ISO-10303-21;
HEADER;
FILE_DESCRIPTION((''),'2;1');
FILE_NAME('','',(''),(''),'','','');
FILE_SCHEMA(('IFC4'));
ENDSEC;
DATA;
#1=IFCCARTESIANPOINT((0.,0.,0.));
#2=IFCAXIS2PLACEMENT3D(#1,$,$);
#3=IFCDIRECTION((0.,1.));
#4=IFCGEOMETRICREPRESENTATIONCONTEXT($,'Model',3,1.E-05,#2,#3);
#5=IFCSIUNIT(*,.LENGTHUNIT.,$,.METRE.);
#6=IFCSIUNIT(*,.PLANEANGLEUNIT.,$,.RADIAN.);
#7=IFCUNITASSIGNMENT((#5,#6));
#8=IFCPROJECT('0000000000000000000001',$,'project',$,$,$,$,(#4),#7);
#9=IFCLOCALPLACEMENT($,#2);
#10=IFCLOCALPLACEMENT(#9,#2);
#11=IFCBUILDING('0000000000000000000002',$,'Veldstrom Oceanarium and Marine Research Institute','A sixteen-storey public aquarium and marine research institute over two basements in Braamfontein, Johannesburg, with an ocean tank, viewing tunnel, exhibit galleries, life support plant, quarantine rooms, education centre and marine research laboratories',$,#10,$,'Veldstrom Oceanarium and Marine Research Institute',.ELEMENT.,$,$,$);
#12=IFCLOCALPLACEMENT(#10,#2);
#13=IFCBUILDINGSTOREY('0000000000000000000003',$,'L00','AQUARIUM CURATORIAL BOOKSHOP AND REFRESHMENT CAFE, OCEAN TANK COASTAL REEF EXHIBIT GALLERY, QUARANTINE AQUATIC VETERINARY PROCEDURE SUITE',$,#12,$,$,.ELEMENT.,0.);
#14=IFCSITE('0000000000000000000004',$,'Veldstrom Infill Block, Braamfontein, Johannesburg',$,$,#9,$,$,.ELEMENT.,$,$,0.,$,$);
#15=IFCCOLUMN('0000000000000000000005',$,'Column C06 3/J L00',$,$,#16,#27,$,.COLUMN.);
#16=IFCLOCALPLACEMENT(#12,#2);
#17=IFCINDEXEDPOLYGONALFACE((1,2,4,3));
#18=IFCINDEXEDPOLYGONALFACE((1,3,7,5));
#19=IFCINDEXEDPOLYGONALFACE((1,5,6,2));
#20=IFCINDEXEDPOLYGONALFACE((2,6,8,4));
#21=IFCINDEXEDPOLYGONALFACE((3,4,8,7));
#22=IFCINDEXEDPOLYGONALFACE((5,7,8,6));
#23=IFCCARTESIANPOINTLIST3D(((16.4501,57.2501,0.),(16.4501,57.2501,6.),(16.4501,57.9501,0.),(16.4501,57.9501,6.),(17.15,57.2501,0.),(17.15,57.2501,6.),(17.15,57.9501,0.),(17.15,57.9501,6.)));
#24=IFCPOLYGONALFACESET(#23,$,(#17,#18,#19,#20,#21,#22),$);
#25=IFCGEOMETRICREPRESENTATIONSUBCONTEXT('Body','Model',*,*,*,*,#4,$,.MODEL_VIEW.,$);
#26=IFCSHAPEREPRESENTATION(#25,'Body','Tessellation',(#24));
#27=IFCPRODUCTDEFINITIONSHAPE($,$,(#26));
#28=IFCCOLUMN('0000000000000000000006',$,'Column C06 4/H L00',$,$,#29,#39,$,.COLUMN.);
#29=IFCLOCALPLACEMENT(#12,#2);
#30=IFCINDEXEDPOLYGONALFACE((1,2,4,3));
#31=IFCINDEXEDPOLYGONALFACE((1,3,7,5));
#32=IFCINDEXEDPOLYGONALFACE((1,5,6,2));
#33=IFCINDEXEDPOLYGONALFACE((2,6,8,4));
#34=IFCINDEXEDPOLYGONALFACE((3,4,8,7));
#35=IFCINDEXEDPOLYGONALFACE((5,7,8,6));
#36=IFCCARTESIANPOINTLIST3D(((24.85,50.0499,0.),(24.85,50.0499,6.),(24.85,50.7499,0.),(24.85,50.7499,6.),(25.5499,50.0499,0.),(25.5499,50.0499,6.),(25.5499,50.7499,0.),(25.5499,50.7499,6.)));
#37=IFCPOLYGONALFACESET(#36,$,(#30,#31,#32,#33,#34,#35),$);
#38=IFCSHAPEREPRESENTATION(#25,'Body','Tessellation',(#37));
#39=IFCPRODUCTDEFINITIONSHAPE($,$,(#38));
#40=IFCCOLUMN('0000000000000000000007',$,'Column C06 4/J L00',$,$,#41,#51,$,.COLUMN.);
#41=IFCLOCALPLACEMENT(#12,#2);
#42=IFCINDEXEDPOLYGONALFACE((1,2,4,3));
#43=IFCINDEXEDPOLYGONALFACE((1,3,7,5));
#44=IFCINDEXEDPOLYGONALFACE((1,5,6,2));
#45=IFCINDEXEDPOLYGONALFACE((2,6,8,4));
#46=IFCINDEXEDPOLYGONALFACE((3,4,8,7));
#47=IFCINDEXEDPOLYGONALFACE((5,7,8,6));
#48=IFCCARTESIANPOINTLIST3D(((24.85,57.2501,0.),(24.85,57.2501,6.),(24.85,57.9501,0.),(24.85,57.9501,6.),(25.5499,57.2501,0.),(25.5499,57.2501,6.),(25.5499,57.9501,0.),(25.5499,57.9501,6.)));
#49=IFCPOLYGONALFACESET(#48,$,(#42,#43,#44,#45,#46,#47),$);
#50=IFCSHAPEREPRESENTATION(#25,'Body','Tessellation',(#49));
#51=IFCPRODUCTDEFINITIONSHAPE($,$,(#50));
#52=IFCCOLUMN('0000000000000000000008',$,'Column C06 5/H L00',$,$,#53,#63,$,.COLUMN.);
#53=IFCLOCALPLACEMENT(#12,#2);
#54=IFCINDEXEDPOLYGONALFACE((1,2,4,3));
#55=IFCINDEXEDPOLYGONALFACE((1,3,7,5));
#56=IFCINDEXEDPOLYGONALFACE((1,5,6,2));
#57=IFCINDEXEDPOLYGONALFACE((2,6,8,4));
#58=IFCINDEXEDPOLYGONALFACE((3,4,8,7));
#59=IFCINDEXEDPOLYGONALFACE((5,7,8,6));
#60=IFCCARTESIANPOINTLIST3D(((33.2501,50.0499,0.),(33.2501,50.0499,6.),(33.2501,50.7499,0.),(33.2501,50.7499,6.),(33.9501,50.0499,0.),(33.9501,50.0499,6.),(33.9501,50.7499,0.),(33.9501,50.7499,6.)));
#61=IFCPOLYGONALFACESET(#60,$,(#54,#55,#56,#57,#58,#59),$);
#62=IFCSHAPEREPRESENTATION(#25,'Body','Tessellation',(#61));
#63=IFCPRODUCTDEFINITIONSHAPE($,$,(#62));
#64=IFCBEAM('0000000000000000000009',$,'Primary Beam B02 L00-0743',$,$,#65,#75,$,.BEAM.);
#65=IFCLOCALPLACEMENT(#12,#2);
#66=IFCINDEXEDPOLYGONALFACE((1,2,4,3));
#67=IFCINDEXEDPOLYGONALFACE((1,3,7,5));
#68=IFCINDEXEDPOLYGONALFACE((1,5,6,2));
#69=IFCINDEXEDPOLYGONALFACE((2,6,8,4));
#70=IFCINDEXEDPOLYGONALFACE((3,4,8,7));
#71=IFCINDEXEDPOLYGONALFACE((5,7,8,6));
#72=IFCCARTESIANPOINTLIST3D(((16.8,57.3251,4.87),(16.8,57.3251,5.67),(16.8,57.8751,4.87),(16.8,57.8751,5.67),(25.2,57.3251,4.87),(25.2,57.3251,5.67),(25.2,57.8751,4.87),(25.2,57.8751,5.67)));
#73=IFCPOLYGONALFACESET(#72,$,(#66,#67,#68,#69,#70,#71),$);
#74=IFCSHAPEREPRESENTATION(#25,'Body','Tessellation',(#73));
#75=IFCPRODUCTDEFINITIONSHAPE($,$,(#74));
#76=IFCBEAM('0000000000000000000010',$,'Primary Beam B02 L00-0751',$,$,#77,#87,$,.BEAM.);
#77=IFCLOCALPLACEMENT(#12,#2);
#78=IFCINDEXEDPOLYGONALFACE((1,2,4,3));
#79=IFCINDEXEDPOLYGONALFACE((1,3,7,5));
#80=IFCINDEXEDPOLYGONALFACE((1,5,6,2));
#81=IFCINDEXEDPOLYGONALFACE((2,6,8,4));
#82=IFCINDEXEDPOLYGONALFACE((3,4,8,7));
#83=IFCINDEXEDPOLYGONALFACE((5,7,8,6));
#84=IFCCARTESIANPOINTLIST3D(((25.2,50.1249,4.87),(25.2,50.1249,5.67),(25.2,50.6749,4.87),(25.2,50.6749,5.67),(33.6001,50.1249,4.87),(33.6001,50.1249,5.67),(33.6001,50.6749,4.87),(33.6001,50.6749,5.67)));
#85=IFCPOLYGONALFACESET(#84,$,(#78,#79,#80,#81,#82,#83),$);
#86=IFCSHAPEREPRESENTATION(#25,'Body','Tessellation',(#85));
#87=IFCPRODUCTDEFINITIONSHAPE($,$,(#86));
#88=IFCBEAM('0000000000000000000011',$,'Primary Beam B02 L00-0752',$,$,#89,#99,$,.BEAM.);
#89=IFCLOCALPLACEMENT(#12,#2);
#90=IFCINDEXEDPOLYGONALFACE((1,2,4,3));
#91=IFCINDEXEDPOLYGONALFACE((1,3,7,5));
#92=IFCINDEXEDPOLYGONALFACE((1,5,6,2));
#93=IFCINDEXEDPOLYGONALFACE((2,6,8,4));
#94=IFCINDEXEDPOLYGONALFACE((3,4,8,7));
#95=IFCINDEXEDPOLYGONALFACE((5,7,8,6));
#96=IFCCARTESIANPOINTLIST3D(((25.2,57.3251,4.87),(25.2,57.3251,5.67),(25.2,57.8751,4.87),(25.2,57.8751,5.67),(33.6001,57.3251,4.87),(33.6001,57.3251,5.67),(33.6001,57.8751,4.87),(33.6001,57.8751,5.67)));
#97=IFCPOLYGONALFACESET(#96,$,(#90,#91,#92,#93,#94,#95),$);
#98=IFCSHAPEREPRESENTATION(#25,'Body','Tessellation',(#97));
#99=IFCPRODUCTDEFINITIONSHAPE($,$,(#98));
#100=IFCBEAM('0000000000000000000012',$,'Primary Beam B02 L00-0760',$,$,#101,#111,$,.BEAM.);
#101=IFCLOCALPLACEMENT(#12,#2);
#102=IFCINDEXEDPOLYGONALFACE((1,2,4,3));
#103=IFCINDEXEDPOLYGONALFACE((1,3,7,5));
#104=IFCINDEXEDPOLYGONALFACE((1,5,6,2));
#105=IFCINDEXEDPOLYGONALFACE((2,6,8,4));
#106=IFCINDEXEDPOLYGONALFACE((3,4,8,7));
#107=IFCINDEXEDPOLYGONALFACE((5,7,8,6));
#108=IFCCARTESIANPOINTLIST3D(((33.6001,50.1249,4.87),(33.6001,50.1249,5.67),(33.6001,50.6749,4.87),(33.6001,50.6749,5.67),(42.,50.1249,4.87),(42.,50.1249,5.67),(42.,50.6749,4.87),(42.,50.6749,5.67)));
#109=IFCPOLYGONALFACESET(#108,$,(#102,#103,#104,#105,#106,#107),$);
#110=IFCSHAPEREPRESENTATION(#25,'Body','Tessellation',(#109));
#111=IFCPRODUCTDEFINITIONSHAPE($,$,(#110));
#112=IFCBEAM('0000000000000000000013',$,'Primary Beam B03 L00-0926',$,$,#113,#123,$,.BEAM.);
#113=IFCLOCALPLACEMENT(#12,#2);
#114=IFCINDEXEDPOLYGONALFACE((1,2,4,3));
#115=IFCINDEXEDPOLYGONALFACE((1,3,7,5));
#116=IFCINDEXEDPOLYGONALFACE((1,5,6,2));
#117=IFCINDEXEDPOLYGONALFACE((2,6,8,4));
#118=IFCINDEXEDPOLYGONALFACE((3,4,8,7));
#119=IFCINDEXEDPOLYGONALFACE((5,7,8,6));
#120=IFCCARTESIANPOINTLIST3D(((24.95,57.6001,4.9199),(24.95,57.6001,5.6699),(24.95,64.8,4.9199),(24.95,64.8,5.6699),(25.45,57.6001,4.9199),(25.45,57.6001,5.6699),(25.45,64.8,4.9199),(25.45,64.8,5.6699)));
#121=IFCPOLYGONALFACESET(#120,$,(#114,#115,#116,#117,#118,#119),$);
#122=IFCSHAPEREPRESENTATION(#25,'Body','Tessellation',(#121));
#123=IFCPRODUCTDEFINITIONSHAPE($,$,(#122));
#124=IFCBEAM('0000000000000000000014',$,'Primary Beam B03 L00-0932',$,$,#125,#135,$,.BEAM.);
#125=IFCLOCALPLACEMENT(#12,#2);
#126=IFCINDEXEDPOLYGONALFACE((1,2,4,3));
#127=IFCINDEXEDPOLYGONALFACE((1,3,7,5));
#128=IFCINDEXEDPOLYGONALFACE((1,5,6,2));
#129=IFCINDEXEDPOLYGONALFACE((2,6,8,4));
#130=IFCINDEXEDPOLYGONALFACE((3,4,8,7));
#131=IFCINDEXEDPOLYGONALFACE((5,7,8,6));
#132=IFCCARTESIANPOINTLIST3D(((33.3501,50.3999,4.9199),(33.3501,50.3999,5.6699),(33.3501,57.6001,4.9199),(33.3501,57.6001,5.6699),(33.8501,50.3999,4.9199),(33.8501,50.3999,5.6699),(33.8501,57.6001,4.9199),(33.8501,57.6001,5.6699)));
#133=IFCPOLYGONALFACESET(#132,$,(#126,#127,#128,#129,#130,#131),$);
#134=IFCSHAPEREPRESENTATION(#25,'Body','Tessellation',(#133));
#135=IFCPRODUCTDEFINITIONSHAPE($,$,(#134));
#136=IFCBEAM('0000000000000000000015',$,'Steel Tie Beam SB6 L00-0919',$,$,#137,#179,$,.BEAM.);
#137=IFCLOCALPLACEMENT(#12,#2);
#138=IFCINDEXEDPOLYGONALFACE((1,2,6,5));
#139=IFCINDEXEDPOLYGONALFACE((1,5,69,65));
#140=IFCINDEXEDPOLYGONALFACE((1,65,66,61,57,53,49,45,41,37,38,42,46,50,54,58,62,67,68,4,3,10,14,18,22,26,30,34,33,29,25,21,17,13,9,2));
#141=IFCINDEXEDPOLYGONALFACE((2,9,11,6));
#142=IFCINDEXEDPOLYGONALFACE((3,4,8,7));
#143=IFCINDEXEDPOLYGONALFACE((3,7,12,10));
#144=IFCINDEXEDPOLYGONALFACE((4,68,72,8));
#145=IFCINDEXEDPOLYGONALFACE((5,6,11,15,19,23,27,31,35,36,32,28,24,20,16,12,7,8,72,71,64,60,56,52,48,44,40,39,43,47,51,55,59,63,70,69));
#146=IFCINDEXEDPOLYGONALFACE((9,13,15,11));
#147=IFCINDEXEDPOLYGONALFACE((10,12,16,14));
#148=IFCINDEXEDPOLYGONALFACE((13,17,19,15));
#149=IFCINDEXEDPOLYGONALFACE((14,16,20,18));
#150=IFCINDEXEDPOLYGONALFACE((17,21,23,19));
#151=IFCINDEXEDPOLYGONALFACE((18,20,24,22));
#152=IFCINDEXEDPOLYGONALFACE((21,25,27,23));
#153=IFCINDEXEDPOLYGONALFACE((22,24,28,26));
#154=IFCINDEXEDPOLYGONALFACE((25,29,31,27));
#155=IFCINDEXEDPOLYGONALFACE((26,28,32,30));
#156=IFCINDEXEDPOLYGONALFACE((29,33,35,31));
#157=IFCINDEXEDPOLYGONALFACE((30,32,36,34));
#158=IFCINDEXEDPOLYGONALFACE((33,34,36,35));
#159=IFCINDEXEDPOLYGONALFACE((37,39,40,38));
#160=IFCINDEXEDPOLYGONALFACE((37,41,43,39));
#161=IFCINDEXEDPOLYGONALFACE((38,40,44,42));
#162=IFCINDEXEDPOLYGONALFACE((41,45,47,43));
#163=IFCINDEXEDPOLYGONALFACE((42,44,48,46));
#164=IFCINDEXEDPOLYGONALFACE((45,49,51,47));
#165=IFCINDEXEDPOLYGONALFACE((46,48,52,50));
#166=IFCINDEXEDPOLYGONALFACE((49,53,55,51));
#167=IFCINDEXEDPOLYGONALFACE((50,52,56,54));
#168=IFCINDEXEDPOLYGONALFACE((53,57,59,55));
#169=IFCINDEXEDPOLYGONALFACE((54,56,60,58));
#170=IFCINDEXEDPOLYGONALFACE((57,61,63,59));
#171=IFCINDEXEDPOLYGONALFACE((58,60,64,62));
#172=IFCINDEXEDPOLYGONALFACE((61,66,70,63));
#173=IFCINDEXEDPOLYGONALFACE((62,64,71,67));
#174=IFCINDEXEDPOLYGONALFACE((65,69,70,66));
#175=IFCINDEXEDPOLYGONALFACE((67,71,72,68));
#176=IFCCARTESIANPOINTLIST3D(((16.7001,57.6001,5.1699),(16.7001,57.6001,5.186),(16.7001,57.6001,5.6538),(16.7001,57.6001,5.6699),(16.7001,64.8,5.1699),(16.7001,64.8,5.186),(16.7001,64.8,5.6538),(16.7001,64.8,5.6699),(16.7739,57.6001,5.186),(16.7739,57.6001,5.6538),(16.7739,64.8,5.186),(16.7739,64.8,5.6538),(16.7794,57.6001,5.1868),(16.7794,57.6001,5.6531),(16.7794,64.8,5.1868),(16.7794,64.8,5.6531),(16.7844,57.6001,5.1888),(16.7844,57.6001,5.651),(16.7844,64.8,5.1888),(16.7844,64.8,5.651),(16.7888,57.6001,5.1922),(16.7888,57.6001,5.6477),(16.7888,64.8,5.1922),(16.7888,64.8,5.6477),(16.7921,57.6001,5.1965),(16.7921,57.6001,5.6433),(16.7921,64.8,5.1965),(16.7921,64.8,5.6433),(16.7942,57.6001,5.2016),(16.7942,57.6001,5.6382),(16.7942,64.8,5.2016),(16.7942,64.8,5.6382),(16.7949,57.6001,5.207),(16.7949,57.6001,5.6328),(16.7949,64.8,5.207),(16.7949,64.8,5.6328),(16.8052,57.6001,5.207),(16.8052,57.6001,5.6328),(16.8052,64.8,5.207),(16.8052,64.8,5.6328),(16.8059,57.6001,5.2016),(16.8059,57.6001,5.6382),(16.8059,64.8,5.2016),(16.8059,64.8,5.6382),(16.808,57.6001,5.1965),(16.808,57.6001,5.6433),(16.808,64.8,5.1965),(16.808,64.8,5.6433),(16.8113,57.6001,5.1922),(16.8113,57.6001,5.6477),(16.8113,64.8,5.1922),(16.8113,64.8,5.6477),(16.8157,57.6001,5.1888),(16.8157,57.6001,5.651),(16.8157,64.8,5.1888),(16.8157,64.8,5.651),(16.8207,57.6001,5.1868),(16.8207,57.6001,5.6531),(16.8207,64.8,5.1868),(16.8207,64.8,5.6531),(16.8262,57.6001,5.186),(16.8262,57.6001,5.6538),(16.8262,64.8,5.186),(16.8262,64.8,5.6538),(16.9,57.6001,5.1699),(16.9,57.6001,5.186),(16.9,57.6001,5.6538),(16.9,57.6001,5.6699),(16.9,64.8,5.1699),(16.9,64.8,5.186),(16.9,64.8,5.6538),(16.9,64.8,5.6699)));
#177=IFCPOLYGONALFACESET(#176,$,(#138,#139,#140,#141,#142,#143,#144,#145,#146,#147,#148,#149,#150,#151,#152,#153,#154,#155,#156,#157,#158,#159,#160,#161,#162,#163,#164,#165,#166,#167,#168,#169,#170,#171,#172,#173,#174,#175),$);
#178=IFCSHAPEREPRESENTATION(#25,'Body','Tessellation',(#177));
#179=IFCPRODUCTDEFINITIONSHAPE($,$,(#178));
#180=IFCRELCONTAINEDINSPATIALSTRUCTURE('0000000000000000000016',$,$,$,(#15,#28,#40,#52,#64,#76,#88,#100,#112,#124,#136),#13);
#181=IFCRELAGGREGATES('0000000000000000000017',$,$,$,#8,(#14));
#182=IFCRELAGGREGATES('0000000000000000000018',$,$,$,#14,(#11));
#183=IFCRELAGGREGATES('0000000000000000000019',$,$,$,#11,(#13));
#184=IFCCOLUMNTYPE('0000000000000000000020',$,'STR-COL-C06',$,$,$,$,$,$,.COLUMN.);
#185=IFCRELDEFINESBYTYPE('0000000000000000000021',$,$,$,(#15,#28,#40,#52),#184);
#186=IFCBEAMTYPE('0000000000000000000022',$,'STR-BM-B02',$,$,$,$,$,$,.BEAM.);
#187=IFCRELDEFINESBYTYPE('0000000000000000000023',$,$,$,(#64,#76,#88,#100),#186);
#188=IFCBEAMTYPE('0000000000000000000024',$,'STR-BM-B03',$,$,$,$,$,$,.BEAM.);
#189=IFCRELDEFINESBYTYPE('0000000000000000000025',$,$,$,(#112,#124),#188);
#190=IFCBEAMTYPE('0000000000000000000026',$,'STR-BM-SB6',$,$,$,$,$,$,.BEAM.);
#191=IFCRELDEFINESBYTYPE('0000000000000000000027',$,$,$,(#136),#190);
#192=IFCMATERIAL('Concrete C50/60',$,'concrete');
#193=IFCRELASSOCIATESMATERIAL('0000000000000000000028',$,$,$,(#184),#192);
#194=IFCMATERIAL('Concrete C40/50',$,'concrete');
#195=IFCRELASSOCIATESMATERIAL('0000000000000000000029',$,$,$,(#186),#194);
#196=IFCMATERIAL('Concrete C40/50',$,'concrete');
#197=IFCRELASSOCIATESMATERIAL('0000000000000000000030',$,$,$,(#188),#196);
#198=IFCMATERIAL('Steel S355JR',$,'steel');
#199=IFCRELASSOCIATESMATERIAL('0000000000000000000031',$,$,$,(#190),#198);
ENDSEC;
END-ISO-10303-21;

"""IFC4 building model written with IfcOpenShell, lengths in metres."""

from ifc_helpers import new_model, si_unit, direction, frame, origin, origin_2d, place, context, subcontext, project, spatial, rectangle, i_section, extrude, material, material_profile, profile_set, type_object, element, save


model = new_model("IFC4")

# Units and contexts
model_context = context("Model", 3, precision=1e-05, world=origin(), true_north=direction((0.0, 1.0)))
body_context = subcontext(model_context, "Body", "Model", "MODEL_VIEW")
ifc_project = project(units=[si_unit("LENGTHUNIT", "METRE"), si_unit("PLANEANGLEUNIT", "RADIAN")], contexts=[model_context])

# Site, building, storey
site_placement = place(None, origin())
site = spatial("IfcSite", under=ifc_project, at=site_placement, Name="Veldstrom Infill Block, Braamfontein, Johannesburg", CompositionType="ELEMENT", RefElevation=0.0)
building_placement = place(site_placement, origin())
building = spatial("IfcBuilding", under=site, at=building_placement, Name="Veldstrom Oceanarium and Marine Research Institute", Description="A sixteen-storey public aquarium and marine research institute over two basements in Braamfontein, Johannesburg, with an ocean tank, viewing tunnel, exhibit galleries, life support plant, quarantine rooms, education centre and marine research laboratories", LongName="Veldstrom Oceanarium and Marine Research Institute", CompositionType="ELEMENT")
storey_placement = place(building_placement, origin())
storey = spatial("IfcBuildingStorey", under=building, at=storey_placement, Name="L00", Description="AQUARIUM CURATORIAL BOOKSHOP AND REFRESHMENT CAFE, OCEAN TANK COASTAL REEF EXHIBIT GALLERY, QUARANTINE AQUATIC VETERINARY PROCEDURE SUITE", CompositionType="ELEMENT", Elevation=0.0)

# Columns
ifc_material_1 = material(Name="Concrete C50/60", Category="concrete")
ifc_material_profile_1 = material_profile(ifc_material_1, rectangle(XDim=0.7, YDim=0.7, at=origin_2d()), Name="RC-COL-700x700")
ifc_profile_set_1 = profile_set([ifc_material_profile_1], Name="Concrete C50/60")
column_type = type_object("IfcColumnType", Name="STR-COL-C06", PredefinedType="COLUMN", material=ifc_profile_set_1)
for number, where, z_axis, x_axis, name in (
    (1, (16.8, 57.6001, 0.0), (0.0, 0.0, 1.0), (1.0, 0.0, 0.0), "Column C06 3/J L00"),
    (2, (25.2, 50.3999, 0.0), (0.0, 0.0, 1.0), (1.0, 0.0, 0.0), "Column C06 4/H L00"),
    (3, (25.2, 57.6001, 0.0), (0.0, 0.0, 1.0), (1.0, 0.0, 0.0), "Column C06 4/J L00"),
    (4, (33.6001, 50.3999, 0.0), (0.0, 0.0, 1.0), (1.0, 0.0, 0.0), "Column C06 5/H L00"),
):
    element("IfcColumn", number, at=place(storey_placement, frame(where, z_axis=z_axis, x_axis=x_axis)), inside=storey, type_object=column_type, Name=name, PredefinedType="COLUMN", context=body_context, shape_type="SweptSolid", body=[
        extrude(rectangle(XDim=0.7, YDim=0.7, at=origin_2d()), origin(), (0.0, 0.0, 1.0), 6.0),
    ])

# Beams
ifc_material_2 = material(Name="Concrete C40/50", Category="concrete")
ifc_material_profile_2 = material_profile(ifc_material_2, rectangle(XDim=0.55, YDim=0.8, at=origin_2d()), Name="RC-BM-550x800")
ifc_profile_set_2 = profile_set([ifc_material_profile_2], Name="Concrete C40/50")
beam_type_1 = type_object("IfcBeamType", Name="STR-BM-B02", PredefinedType="BEAM", material=ifc_profile_set_2)
beam_1_placement = place(storey_placement, frame((16.8, 57.6001, 5.27), z_axis=(1.0, 0.0, 0.0), x_axis=(0.0, 1.0, 0.0)))
element("IfcBeam", 5, at=beam_1_placement, inside=storey, type_object=beam_type_1, Name="Primary Beam B02 L00-0743", PredefinedType="BEAM", context=body_context, shape_type="SweptSolid", body=[
    extrude(rectangle(XDim=0.55, YDim=0.8, at=origin_2d()), origin(), (0.0, 0.0, 1.0), 8.3999),
])
for number, where, z_axis, x_axis, name in (
    (6, (25.2, 50.3999, 5.27), (1.0, 0.0, 0.0), (0.0, 1.0, 0.0), "Primary Beam B02 L00-0751"),
    (7, (25.2, 57.6001, 5.27), (1.0, 0.0, 0.0), (0.0, 1.0, 0.0), "Primary Beam B02 L00-0752"),
):
    element("IfcBeam", number, at=place(storey_placement, frame(where, z_axis=z_axis, x_axis=x_axis)), inside=storey, type_object=beam_type_1, Name=name, PredefinedType="BEAM", context=body_context, shape_type="SweptSolid", body=[
        extrude(rectangle(XDim=0.55, YDim=0.8, at=origin_2d()), origin(), (0.0, 0.0, 1.0), 8.4001),
    ])
beam_2_placement = place(storey_placement, frame((33.6001, 50.3999, 5.27), z_axis=(1.0, 0.0, 0.0), x_axis=(0.0, 1.0, 0.0)))
element("IfcBeam", 8, at=beam_2_placement, inside=storey, type_object=beam_type_1, Name="Primary Beam B02 L00-0760", PredefinedType="BEAM", context=body_context, shape_type="SweptSolid", body=[
    extrude(rectangle(XDim=0.55, YDim=0.8, at=origin_2d()), origin(), (0.0, 0.0, 1.0), 8.3999),
])
ifc_material_3 = material(Name="Concrete C40/50", Category="concrete")
ifc_material_profile_3 = material_profile(ifc_material_3, rectangle(XDim=0.5, YDim=0.75, at=origin_2d()), Name="RC-BM-500x750")
ifc_profile_set_3 = profile_set([ifc_material_profile_3], Name="Concrete C40/50")
beam_type_2 = type_object("IfcBeamType", Name="STR-BM-B03", PredefinedType="BEAM", material=ifc_profile_set_3)
beam_3_placement = place(storey_placement, frame((25.2, 57.6001, 5.2949), z_axis=(0.0, 1.0, 0.0), x_axis=(-1.0, 0.0, 0.0)))
element("IfcBeam", 9, at=beam_3_placement, inside=storey, type_object=beam_type_2, Name="Primary Beam B03 L00-0926", PredefinedType="BEAM", context=body_context, shape_type="SweptSolid", body=[
    extrude(rectangle(XDim=0.5, YDim=0.75, at=origin_2d()), origin(), (0.0, 0.0, 1.0), 7.2),
])
beam_4_placement = place(storey_placement, frame((33.6001, 50.3999, 5.2949), z_axis=(0.0, 1.0, 0.0), x_axis=(-1.0, 0.0, 0.0)))
element("IfcBeam", 10, at=beam_4_placement, inside=storey, type_object=beam_type_2, Name="Primary Beam B03 L00-0932", PredefinedType="BEAM", context=body_context, shape_type="SweptSolid", body=[
    extrude(rectangle(XDim=0.5, YDim=0.75, at=origin_2d()), origin(), (0.0, 0.0, 1.0), 7.2002),
])
ifc_material_4 = material(Name="Steel S355JR", Category="steel")
ifc_material_profile_4 = material_profile(ifc_material_4, i_section(OverallWidth=0.2, OverallDepth=0.5, WebThickness=0.0103, FlangeThickness=0.0161, FilletRadius=0.021, at=origin_2d()), Name="IPE 500")
ifc_profile_set_4 = profile_set([ifc_material_profile_4], Name="Steel S355JR")
beam_type_3 = type_object("IfcBeamType", Name="STR-BM-SB6", PredefinedType="BEAM", material=ifc_profile_set_4)
beam_5_placement = place(storey_placement, frame((16.8, 57.6001, 5.4199), z_axis=(0.0, 1.0, 0.0), x_axis=(-1.0, 0.0, 0.0)))
element("IfcBeam", 11, at=beam_5_placement, inside=storey, type_object=beam_type_3, Name="Steel Tie Beam SB6 L00-0919", PredefinedType="BEAM", context=body_context, shape_type="SweptSolid", body=[
    extrude(i_section(OverallWidth=0.2, OverallDepth=0.5, WebThickness=0.0103, FlangeThickness=0.0161, FilletRadius=0.021, at=origin_2d()), origin(), (0.0, 0.0, 1.0), 7.2),
])

save(model, "model.ifc")
